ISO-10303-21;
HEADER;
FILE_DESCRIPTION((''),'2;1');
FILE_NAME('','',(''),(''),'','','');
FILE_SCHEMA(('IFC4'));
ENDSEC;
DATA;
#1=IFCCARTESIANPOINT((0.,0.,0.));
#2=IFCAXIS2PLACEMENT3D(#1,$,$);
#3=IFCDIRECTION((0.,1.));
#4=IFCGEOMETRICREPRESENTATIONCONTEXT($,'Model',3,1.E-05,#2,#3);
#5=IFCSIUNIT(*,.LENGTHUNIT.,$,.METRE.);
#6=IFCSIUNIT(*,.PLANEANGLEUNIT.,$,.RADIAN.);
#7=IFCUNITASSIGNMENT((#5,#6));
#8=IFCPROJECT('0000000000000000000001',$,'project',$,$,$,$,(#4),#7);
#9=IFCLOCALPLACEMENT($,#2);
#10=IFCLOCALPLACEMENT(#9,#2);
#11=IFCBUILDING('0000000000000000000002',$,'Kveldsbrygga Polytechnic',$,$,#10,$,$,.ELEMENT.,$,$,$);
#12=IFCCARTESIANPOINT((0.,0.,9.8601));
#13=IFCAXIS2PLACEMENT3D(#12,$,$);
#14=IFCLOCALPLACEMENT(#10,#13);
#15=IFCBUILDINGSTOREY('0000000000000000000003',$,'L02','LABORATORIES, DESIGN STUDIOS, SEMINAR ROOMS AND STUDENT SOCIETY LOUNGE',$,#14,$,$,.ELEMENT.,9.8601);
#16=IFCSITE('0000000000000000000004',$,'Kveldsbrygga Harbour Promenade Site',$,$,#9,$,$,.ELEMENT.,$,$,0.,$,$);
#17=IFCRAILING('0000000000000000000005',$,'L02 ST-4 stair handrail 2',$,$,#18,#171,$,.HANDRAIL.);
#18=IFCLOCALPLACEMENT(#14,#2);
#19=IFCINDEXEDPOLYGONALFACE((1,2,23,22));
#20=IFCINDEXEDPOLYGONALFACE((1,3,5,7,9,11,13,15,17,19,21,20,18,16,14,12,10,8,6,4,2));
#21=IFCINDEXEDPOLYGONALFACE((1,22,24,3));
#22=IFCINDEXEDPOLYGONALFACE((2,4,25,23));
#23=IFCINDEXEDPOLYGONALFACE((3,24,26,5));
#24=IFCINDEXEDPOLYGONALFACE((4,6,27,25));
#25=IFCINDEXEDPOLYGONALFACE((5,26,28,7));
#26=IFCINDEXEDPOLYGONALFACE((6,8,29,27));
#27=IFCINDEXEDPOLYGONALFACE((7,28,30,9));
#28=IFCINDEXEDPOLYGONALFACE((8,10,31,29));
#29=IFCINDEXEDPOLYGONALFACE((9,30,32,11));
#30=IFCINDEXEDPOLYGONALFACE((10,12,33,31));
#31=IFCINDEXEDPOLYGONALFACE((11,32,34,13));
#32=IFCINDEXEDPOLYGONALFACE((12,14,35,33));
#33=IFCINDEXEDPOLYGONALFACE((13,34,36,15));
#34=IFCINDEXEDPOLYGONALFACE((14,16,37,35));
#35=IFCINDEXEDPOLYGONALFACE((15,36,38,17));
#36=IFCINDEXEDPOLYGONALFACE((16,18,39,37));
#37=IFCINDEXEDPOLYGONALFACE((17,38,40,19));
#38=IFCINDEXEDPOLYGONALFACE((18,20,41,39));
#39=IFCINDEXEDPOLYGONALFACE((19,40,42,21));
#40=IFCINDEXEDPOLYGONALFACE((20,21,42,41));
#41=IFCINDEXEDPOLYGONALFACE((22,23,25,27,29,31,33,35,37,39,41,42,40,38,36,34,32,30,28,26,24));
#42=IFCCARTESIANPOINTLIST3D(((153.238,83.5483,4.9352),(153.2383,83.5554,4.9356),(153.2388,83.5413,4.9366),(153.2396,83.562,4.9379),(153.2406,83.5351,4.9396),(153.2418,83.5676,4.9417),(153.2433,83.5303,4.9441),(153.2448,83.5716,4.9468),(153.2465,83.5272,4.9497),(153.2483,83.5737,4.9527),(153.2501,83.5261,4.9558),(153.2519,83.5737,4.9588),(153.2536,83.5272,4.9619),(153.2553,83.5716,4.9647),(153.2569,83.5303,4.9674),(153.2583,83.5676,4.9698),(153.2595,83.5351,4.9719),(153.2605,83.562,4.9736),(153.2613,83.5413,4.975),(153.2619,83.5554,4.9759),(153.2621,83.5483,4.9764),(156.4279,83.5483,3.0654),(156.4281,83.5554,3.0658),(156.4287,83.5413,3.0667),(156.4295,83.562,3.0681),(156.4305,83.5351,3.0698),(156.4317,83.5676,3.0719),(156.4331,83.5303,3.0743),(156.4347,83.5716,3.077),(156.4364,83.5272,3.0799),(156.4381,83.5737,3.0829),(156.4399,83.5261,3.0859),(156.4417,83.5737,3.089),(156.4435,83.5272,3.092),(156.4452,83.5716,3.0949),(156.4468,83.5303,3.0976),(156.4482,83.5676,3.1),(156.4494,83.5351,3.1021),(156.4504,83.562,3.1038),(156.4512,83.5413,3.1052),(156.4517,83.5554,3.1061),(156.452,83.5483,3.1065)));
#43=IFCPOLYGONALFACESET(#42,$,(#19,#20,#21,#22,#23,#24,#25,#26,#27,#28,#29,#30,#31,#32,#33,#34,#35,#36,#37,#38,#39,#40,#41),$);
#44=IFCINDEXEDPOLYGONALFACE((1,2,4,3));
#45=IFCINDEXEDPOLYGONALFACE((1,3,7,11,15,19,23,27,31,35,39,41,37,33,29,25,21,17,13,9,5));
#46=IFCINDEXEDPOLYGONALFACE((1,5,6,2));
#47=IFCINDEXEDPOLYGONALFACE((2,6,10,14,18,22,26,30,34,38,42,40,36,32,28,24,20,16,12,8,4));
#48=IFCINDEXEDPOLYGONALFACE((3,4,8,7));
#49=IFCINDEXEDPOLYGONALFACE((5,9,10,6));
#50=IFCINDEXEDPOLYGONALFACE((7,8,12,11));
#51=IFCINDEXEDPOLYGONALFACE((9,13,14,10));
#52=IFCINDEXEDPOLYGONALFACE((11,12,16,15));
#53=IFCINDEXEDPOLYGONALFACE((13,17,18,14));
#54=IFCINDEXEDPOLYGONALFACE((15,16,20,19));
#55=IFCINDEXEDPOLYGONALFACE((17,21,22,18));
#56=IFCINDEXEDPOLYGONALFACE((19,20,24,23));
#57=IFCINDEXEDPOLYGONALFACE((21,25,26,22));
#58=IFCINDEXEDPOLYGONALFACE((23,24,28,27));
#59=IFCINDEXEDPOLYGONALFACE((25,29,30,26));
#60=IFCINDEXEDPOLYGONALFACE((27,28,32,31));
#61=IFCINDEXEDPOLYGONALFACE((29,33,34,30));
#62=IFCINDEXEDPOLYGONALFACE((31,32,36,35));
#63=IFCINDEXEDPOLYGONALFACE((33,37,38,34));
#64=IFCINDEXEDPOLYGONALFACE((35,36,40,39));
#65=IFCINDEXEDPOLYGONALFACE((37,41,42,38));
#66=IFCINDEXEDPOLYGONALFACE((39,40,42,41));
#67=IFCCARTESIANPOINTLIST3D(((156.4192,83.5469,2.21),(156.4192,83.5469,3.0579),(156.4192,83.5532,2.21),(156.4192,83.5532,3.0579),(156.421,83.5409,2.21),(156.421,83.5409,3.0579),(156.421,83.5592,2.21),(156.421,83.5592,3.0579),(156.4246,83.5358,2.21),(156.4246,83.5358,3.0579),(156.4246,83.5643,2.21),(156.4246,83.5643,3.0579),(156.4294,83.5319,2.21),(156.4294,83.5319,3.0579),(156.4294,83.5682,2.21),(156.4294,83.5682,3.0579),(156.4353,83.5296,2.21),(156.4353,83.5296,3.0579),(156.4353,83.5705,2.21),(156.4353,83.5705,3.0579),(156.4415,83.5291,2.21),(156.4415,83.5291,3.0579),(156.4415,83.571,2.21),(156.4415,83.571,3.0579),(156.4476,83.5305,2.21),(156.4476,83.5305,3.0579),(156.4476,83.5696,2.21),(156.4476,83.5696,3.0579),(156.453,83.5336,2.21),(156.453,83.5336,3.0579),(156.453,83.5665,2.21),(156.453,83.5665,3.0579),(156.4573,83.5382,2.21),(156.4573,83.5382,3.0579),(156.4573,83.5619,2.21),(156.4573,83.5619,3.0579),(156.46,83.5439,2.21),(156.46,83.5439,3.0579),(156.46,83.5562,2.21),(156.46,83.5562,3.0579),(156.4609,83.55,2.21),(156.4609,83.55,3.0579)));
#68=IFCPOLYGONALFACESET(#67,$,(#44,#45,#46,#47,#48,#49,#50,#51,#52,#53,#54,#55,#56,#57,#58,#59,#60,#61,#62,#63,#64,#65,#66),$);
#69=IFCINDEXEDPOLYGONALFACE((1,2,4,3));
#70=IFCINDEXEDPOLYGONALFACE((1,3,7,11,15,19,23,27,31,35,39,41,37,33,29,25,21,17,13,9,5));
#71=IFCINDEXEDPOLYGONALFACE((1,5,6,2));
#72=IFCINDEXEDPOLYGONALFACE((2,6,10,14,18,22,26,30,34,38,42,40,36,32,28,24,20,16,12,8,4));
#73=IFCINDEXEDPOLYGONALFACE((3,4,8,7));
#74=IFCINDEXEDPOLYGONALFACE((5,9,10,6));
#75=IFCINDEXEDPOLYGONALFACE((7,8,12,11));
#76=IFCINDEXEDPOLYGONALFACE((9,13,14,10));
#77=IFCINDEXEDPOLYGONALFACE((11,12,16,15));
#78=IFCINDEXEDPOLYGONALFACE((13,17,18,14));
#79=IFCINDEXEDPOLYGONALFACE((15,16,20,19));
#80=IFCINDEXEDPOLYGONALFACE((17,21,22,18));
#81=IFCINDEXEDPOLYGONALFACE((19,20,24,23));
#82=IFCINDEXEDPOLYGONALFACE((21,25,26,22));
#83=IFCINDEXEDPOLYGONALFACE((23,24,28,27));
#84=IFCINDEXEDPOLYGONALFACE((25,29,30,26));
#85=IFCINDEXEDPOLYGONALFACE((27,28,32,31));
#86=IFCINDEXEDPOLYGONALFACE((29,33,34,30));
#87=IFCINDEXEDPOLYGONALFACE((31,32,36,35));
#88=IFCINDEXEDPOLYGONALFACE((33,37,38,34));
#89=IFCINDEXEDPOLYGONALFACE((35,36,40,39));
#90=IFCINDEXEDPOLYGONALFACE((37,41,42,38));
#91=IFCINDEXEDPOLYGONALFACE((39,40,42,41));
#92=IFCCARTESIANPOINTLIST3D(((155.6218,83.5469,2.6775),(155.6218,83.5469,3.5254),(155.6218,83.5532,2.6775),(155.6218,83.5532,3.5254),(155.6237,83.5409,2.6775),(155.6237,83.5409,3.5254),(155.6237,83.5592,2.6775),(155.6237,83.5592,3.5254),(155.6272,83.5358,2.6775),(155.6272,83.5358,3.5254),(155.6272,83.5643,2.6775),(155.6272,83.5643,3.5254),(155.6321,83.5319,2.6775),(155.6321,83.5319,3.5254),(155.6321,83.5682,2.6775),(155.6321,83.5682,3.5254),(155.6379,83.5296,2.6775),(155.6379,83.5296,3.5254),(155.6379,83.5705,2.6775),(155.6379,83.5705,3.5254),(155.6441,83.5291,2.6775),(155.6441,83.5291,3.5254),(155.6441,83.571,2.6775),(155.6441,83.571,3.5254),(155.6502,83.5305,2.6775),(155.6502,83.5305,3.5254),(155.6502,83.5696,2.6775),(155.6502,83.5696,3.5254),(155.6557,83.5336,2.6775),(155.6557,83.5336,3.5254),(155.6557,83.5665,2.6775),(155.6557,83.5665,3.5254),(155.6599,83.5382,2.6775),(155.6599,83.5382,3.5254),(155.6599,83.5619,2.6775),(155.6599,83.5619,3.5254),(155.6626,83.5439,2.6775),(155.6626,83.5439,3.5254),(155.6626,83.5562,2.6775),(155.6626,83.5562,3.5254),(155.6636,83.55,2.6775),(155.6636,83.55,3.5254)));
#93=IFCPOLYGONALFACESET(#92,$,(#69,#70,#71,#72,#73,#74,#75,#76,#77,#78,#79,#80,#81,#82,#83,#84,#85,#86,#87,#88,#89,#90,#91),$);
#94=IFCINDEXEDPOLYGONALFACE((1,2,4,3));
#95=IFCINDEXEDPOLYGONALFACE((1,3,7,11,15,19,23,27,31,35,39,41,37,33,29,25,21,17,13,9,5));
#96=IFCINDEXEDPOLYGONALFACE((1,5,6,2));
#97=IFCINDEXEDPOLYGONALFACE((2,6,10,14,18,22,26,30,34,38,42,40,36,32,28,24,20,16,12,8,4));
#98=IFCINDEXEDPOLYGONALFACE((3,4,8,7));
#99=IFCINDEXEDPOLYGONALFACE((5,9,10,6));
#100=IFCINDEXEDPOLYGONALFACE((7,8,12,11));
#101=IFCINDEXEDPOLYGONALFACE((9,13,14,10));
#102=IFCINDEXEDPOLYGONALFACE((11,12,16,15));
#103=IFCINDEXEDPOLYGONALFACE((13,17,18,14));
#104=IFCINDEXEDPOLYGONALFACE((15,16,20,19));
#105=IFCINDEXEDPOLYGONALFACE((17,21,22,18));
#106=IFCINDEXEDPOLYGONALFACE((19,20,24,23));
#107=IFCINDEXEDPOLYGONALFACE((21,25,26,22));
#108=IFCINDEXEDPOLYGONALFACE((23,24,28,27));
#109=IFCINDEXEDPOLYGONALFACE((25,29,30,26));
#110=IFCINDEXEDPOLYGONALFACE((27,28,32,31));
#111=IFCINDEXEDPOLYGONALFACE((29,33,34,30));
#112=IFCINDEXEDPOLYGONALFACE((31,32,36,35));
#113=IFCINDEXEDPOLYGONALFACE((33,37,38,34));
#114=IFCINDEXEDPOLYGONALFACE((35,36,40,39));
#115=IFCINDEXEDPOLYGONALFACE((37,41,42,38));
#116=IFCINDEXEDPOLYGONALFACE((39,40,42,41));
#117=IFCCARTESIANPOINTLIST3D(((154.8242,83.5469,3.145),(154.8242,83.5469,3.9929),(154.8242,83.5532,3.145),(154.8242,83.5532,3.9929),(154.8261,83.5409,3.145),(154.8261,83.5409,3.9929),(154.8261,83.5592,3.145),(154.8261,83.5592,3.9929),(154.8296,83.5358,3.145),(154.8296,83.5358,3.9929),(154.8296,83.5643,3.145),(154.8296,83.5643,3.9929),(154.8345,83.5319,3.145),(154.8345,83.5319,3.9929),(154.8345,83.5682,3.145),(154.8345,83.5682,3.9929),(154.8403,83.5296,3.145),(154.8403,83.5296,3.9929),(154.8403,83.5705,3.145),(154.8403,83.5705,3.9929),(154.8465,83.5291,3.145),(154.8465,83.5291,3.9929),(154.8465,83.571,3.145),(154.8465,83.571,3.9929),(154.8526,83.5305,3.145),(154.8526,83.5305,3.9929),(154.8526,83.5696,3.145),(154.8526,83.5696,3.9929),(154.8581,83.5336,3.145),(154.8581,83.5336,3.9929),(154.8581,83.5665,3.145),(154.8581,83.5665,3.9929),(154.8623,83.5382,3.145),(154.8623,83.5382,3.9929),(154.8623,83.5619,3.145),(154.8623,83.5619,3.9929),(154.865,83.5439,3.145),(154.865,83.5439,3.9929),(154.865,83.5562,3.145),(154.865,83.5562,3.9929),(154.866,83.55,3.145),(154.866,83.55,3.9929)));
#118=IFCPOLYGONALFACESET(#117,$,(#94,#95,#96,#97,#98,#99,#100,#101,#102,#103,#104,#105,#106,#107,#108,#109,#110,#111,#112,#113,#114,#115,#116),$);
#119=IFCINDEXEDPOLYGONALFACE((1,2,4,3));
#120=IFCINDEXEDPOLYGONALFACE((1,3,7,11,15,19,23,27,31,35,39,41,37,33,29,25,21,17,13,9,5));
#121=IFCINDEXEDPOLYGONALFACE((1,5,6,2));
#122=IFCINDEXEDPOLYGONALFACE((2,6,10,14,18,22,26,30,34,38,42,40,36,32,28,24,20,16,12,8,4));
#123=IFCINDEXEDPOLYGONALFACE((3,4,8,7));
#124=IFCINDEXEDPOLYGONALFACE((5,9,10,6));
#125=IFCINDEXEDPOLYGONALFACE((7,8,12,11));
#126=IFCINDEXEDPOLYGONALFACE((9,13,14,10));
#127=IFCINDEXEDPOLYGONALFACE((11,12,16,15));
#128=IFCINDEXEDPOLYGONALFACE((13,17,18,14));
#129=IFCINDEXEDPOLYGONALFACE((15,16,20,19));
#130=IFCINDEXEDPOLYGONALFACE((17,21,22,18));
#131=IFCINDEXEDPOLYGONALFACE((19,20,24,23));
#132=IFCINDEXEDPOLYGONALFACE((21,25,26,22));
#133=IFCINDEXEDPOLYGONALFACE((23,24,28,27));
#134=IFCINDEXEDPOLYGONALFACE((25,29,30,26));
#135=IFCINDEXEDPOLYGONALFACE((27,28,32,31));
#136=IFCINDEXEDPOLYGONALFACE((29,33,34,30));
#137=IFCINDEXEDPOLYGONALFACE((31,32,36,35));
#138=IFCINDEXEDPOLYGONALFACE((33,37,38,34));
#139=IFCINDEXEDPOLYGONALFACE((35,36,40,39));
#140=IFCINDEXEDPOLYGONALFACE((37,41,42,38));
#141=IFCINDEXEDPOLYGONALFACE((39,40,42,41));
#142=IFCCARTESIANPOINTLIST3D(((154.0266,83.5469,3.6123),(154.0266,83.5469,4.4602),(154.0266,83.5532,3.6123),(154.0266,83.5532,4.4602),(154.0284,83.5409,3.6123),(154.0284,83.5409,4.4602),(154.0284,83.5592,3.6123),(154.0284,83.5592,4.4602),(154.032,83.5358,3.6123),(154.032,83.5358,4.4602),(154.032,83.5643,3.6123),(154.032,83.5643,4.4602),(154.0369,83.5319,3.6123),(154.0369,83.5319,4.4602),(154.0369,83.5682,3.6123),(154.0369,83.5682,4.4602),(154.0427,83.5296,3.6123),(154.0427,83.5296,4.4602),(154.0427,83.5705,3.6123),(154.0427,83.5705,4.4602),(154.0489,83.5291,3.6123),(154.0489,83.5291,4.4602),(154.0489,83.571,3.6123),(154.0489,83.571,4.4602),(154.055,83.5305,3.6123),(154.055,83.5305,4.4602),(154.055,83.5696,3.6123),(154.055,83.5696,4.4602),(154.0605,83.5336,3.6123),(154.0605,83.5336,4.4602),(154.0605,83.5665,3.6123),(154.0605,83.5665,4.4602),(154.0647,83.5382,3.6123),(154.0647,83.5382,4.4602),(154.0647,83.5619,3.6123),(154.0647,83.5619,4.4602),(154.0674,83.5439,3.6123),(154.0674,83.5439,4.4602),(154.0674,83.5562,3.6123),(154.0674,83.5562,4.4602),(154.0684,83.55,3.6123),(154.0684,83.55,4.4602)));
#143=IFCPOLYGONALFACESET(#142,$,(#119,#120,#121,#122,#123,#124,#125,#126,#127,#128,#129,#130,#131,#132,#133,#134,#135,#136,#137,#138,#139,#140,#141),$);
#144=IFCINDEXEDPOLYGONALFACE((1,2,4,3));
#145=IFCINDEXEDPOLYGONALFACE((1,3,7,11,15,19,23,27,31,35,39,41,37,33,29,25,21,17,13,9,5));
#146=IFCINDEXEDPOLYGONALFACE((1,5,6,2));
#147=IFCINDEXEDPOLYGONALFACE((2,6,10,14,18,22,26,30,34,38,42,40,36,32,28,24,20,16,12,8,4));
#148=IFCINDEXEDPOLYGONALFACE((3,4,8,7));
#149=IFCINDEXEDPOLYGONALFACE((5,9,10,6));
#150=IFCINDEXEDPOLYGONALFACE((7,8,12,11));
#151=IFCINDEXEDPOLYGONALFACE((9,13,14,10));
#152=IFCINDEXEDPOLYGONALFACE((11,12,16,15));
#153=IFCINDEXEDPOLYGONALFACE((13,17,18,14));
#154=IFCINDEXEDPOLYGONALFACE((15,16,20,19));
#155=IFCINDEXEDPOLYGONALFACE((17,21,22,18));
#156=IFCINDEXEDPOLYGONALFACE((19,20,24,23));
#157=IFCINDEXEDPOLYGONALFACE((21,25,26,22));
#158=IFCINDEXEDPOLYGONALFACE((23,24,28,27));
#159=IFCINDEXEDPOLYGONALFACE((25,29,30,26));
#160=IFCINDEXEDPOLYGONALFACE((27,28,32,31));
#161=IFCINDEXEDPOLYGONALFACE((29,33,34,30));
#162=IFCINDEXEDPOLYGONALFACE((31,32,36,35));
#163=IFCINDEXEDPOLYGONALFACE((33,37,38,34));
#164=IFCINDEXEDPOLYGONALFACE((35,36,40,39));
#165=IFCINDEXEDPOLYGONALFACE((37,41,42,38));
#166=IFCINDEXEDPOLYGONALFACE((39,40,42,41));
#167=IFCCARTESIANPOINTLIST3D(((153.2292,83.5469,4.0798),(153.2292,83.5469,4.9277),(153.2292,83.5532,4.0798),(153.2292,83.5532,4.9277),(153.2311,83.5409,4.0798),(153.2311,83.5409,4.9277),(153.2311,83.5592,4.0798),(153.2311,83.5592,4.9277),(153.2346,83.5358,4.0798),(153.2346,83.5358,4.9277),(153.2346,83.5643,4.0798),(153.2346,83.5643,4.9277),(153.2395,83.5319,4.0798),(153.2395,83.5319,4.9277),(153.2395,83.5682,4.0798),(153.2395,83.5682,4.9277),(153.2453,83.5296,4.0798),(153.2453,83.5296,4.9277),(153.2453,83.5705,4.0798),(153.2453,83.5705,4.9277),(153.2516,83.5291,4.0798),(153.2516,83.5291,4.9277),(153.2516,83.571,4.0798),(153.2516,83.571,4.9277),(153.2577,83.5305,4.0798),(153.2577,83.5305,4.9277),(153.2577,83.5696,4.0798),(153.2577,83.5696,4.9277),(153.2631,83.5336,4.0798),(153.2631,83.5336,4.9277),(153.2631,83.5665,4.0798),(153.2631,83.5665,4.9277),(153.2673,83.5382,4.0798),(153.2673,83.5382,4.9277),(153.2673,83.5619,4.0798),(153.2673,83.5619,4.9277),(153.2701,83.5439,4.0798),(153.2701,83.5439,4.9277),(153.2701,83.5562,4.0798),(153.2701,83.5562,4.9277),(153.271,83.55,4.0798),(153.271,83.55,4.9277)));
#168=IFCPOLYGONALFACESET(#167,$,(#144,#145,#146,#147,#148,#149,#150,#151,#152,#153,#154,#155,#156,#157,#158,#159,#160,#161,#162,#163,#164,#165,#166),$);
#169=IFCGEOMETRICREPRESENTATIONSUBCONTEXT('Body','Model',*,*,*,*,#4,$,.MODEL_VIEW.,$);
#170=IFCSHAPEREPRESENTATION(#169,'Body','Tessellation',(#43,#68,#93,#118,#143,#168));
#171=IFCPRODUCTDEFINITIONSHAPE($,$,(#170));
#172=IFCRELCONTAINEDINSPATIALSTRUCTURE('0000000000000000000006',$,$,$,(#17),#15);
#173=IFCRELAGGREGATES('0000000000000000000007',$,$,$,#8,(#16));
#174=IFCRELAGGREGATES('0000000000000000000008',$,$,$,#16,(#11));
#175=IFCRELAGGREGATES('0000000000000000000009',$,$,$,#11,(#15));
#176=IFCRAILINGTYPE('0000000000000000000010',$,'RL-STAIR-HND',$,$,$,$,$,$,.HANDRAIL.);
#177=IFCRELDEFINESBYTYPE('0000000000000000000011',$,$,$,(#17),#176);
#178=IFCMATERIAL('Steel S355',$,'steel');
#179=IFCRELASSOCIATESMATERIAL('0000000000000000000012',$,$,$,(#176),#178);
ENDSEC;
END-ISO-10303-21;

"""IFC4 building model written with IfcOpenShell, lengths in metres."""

from ifc_helpers import new_model, si_unit, direction, frame, origin, origin_2d, place, context, subcontext, project, spatial, circle, extrude, material, type_object, element, save


model = new_model("IFC4")

# Units and contexts
model_context = context("Model", 3, precision=1e-05, world=origin(), true_north=direction((0.0, 1.0)))
body_context = subcontext(model_context, "Body", "Model", "MODEL_VIEW")
ifc_project = project(units=[si_unit("LENGTHUNIT", "METRE"), si_unit("PLANEANGLEUNIT", "RADIAN")], contexts=[model_context])

# Site, building, storey
site_placement = place(None, origin())
site = spatial("IfcSite", under=ifc_project, at=site_placement, Name="Kveldsbrygga Harbour Promenade Site", CompositionType="ELEMENT", RefElevation=0.0)
building_placement = place(site_placement, origin())
building = spatial("IfcBuilding", under=site, at=building_placement, Name="Kveldsbrygga Polytechnic", CompositionType="ELEMENT")
storey_placement = place(building_placement, frame((0.0, 0.0, 9.8601)))
storey = spatial("IfcBuildingStorey", under=building, at=storey_placement, Name="L02", Description="LABORATORIES, DESIGN STUDIOS, SEMINAR ROOMS AND STUDENT SOCIETY LOUNGE", CompositionType="ELEMENT", Elevation=9.8601)

# Shared definitions
ifc_material_1 = material(Name="Steel S355", Category="steel")

# Railing
railing_type_1 = type_object("IfcRailingType", Name="RL-STAIR-HND", PredefinedType="HANDRAIL", material=ifc_material_1)
railing_1_placement = place(storey_placement, frame((156.4399, 83.55, 2.21)))
element("IfcRailing", 1, at=railing_1_placement, inside=storey, type_object=railing_type_1, Name="L02 ST-4 stair handrail 2", PredefinedType="HANDRAIL", context=body_context, shape_type="SweptSolid", body=[
    extrude(circle(Radius=0.0239, at=origin_2d()), frame((0.0, 0.0, 0.876), z_axis=(-0.862709, 0.0, 0.505701), x_axis=(0.0, -1.0, 0.0)), (0.0, 0.0, 1.0), 3.6975),
    extrude(circle(Radius=0.021, at=origin_2d()), origin(), (0.0, 0.0, 1.0), 0.8479),
    extrude(circle(Radius=0.021, at=origin_2d()), frame((-0.7974, 0.0, 0.4675)), (0.0, 0.0, 1.0), 0.8479),
    extrude(circle(Radius=0.021, at=origin_2d()), frame((-1.595, 0.0, 0.9351)), (0.0, 0.0, 1.0), 0.8479),
    extrude(circle(Radius=0.021, at=origin_2d()), frame((-2.3926, 0.0, 1.4023)), (0.0, 0.0, 1.0), 0.8479),
    extrude(circle(Radius=0.021, at=origin_2d()), frame((-3.1899, 0.0, 1.8699)), (0.0, 0.0, 1.0), 0.8479),
])

save(model, "model.ifc")
